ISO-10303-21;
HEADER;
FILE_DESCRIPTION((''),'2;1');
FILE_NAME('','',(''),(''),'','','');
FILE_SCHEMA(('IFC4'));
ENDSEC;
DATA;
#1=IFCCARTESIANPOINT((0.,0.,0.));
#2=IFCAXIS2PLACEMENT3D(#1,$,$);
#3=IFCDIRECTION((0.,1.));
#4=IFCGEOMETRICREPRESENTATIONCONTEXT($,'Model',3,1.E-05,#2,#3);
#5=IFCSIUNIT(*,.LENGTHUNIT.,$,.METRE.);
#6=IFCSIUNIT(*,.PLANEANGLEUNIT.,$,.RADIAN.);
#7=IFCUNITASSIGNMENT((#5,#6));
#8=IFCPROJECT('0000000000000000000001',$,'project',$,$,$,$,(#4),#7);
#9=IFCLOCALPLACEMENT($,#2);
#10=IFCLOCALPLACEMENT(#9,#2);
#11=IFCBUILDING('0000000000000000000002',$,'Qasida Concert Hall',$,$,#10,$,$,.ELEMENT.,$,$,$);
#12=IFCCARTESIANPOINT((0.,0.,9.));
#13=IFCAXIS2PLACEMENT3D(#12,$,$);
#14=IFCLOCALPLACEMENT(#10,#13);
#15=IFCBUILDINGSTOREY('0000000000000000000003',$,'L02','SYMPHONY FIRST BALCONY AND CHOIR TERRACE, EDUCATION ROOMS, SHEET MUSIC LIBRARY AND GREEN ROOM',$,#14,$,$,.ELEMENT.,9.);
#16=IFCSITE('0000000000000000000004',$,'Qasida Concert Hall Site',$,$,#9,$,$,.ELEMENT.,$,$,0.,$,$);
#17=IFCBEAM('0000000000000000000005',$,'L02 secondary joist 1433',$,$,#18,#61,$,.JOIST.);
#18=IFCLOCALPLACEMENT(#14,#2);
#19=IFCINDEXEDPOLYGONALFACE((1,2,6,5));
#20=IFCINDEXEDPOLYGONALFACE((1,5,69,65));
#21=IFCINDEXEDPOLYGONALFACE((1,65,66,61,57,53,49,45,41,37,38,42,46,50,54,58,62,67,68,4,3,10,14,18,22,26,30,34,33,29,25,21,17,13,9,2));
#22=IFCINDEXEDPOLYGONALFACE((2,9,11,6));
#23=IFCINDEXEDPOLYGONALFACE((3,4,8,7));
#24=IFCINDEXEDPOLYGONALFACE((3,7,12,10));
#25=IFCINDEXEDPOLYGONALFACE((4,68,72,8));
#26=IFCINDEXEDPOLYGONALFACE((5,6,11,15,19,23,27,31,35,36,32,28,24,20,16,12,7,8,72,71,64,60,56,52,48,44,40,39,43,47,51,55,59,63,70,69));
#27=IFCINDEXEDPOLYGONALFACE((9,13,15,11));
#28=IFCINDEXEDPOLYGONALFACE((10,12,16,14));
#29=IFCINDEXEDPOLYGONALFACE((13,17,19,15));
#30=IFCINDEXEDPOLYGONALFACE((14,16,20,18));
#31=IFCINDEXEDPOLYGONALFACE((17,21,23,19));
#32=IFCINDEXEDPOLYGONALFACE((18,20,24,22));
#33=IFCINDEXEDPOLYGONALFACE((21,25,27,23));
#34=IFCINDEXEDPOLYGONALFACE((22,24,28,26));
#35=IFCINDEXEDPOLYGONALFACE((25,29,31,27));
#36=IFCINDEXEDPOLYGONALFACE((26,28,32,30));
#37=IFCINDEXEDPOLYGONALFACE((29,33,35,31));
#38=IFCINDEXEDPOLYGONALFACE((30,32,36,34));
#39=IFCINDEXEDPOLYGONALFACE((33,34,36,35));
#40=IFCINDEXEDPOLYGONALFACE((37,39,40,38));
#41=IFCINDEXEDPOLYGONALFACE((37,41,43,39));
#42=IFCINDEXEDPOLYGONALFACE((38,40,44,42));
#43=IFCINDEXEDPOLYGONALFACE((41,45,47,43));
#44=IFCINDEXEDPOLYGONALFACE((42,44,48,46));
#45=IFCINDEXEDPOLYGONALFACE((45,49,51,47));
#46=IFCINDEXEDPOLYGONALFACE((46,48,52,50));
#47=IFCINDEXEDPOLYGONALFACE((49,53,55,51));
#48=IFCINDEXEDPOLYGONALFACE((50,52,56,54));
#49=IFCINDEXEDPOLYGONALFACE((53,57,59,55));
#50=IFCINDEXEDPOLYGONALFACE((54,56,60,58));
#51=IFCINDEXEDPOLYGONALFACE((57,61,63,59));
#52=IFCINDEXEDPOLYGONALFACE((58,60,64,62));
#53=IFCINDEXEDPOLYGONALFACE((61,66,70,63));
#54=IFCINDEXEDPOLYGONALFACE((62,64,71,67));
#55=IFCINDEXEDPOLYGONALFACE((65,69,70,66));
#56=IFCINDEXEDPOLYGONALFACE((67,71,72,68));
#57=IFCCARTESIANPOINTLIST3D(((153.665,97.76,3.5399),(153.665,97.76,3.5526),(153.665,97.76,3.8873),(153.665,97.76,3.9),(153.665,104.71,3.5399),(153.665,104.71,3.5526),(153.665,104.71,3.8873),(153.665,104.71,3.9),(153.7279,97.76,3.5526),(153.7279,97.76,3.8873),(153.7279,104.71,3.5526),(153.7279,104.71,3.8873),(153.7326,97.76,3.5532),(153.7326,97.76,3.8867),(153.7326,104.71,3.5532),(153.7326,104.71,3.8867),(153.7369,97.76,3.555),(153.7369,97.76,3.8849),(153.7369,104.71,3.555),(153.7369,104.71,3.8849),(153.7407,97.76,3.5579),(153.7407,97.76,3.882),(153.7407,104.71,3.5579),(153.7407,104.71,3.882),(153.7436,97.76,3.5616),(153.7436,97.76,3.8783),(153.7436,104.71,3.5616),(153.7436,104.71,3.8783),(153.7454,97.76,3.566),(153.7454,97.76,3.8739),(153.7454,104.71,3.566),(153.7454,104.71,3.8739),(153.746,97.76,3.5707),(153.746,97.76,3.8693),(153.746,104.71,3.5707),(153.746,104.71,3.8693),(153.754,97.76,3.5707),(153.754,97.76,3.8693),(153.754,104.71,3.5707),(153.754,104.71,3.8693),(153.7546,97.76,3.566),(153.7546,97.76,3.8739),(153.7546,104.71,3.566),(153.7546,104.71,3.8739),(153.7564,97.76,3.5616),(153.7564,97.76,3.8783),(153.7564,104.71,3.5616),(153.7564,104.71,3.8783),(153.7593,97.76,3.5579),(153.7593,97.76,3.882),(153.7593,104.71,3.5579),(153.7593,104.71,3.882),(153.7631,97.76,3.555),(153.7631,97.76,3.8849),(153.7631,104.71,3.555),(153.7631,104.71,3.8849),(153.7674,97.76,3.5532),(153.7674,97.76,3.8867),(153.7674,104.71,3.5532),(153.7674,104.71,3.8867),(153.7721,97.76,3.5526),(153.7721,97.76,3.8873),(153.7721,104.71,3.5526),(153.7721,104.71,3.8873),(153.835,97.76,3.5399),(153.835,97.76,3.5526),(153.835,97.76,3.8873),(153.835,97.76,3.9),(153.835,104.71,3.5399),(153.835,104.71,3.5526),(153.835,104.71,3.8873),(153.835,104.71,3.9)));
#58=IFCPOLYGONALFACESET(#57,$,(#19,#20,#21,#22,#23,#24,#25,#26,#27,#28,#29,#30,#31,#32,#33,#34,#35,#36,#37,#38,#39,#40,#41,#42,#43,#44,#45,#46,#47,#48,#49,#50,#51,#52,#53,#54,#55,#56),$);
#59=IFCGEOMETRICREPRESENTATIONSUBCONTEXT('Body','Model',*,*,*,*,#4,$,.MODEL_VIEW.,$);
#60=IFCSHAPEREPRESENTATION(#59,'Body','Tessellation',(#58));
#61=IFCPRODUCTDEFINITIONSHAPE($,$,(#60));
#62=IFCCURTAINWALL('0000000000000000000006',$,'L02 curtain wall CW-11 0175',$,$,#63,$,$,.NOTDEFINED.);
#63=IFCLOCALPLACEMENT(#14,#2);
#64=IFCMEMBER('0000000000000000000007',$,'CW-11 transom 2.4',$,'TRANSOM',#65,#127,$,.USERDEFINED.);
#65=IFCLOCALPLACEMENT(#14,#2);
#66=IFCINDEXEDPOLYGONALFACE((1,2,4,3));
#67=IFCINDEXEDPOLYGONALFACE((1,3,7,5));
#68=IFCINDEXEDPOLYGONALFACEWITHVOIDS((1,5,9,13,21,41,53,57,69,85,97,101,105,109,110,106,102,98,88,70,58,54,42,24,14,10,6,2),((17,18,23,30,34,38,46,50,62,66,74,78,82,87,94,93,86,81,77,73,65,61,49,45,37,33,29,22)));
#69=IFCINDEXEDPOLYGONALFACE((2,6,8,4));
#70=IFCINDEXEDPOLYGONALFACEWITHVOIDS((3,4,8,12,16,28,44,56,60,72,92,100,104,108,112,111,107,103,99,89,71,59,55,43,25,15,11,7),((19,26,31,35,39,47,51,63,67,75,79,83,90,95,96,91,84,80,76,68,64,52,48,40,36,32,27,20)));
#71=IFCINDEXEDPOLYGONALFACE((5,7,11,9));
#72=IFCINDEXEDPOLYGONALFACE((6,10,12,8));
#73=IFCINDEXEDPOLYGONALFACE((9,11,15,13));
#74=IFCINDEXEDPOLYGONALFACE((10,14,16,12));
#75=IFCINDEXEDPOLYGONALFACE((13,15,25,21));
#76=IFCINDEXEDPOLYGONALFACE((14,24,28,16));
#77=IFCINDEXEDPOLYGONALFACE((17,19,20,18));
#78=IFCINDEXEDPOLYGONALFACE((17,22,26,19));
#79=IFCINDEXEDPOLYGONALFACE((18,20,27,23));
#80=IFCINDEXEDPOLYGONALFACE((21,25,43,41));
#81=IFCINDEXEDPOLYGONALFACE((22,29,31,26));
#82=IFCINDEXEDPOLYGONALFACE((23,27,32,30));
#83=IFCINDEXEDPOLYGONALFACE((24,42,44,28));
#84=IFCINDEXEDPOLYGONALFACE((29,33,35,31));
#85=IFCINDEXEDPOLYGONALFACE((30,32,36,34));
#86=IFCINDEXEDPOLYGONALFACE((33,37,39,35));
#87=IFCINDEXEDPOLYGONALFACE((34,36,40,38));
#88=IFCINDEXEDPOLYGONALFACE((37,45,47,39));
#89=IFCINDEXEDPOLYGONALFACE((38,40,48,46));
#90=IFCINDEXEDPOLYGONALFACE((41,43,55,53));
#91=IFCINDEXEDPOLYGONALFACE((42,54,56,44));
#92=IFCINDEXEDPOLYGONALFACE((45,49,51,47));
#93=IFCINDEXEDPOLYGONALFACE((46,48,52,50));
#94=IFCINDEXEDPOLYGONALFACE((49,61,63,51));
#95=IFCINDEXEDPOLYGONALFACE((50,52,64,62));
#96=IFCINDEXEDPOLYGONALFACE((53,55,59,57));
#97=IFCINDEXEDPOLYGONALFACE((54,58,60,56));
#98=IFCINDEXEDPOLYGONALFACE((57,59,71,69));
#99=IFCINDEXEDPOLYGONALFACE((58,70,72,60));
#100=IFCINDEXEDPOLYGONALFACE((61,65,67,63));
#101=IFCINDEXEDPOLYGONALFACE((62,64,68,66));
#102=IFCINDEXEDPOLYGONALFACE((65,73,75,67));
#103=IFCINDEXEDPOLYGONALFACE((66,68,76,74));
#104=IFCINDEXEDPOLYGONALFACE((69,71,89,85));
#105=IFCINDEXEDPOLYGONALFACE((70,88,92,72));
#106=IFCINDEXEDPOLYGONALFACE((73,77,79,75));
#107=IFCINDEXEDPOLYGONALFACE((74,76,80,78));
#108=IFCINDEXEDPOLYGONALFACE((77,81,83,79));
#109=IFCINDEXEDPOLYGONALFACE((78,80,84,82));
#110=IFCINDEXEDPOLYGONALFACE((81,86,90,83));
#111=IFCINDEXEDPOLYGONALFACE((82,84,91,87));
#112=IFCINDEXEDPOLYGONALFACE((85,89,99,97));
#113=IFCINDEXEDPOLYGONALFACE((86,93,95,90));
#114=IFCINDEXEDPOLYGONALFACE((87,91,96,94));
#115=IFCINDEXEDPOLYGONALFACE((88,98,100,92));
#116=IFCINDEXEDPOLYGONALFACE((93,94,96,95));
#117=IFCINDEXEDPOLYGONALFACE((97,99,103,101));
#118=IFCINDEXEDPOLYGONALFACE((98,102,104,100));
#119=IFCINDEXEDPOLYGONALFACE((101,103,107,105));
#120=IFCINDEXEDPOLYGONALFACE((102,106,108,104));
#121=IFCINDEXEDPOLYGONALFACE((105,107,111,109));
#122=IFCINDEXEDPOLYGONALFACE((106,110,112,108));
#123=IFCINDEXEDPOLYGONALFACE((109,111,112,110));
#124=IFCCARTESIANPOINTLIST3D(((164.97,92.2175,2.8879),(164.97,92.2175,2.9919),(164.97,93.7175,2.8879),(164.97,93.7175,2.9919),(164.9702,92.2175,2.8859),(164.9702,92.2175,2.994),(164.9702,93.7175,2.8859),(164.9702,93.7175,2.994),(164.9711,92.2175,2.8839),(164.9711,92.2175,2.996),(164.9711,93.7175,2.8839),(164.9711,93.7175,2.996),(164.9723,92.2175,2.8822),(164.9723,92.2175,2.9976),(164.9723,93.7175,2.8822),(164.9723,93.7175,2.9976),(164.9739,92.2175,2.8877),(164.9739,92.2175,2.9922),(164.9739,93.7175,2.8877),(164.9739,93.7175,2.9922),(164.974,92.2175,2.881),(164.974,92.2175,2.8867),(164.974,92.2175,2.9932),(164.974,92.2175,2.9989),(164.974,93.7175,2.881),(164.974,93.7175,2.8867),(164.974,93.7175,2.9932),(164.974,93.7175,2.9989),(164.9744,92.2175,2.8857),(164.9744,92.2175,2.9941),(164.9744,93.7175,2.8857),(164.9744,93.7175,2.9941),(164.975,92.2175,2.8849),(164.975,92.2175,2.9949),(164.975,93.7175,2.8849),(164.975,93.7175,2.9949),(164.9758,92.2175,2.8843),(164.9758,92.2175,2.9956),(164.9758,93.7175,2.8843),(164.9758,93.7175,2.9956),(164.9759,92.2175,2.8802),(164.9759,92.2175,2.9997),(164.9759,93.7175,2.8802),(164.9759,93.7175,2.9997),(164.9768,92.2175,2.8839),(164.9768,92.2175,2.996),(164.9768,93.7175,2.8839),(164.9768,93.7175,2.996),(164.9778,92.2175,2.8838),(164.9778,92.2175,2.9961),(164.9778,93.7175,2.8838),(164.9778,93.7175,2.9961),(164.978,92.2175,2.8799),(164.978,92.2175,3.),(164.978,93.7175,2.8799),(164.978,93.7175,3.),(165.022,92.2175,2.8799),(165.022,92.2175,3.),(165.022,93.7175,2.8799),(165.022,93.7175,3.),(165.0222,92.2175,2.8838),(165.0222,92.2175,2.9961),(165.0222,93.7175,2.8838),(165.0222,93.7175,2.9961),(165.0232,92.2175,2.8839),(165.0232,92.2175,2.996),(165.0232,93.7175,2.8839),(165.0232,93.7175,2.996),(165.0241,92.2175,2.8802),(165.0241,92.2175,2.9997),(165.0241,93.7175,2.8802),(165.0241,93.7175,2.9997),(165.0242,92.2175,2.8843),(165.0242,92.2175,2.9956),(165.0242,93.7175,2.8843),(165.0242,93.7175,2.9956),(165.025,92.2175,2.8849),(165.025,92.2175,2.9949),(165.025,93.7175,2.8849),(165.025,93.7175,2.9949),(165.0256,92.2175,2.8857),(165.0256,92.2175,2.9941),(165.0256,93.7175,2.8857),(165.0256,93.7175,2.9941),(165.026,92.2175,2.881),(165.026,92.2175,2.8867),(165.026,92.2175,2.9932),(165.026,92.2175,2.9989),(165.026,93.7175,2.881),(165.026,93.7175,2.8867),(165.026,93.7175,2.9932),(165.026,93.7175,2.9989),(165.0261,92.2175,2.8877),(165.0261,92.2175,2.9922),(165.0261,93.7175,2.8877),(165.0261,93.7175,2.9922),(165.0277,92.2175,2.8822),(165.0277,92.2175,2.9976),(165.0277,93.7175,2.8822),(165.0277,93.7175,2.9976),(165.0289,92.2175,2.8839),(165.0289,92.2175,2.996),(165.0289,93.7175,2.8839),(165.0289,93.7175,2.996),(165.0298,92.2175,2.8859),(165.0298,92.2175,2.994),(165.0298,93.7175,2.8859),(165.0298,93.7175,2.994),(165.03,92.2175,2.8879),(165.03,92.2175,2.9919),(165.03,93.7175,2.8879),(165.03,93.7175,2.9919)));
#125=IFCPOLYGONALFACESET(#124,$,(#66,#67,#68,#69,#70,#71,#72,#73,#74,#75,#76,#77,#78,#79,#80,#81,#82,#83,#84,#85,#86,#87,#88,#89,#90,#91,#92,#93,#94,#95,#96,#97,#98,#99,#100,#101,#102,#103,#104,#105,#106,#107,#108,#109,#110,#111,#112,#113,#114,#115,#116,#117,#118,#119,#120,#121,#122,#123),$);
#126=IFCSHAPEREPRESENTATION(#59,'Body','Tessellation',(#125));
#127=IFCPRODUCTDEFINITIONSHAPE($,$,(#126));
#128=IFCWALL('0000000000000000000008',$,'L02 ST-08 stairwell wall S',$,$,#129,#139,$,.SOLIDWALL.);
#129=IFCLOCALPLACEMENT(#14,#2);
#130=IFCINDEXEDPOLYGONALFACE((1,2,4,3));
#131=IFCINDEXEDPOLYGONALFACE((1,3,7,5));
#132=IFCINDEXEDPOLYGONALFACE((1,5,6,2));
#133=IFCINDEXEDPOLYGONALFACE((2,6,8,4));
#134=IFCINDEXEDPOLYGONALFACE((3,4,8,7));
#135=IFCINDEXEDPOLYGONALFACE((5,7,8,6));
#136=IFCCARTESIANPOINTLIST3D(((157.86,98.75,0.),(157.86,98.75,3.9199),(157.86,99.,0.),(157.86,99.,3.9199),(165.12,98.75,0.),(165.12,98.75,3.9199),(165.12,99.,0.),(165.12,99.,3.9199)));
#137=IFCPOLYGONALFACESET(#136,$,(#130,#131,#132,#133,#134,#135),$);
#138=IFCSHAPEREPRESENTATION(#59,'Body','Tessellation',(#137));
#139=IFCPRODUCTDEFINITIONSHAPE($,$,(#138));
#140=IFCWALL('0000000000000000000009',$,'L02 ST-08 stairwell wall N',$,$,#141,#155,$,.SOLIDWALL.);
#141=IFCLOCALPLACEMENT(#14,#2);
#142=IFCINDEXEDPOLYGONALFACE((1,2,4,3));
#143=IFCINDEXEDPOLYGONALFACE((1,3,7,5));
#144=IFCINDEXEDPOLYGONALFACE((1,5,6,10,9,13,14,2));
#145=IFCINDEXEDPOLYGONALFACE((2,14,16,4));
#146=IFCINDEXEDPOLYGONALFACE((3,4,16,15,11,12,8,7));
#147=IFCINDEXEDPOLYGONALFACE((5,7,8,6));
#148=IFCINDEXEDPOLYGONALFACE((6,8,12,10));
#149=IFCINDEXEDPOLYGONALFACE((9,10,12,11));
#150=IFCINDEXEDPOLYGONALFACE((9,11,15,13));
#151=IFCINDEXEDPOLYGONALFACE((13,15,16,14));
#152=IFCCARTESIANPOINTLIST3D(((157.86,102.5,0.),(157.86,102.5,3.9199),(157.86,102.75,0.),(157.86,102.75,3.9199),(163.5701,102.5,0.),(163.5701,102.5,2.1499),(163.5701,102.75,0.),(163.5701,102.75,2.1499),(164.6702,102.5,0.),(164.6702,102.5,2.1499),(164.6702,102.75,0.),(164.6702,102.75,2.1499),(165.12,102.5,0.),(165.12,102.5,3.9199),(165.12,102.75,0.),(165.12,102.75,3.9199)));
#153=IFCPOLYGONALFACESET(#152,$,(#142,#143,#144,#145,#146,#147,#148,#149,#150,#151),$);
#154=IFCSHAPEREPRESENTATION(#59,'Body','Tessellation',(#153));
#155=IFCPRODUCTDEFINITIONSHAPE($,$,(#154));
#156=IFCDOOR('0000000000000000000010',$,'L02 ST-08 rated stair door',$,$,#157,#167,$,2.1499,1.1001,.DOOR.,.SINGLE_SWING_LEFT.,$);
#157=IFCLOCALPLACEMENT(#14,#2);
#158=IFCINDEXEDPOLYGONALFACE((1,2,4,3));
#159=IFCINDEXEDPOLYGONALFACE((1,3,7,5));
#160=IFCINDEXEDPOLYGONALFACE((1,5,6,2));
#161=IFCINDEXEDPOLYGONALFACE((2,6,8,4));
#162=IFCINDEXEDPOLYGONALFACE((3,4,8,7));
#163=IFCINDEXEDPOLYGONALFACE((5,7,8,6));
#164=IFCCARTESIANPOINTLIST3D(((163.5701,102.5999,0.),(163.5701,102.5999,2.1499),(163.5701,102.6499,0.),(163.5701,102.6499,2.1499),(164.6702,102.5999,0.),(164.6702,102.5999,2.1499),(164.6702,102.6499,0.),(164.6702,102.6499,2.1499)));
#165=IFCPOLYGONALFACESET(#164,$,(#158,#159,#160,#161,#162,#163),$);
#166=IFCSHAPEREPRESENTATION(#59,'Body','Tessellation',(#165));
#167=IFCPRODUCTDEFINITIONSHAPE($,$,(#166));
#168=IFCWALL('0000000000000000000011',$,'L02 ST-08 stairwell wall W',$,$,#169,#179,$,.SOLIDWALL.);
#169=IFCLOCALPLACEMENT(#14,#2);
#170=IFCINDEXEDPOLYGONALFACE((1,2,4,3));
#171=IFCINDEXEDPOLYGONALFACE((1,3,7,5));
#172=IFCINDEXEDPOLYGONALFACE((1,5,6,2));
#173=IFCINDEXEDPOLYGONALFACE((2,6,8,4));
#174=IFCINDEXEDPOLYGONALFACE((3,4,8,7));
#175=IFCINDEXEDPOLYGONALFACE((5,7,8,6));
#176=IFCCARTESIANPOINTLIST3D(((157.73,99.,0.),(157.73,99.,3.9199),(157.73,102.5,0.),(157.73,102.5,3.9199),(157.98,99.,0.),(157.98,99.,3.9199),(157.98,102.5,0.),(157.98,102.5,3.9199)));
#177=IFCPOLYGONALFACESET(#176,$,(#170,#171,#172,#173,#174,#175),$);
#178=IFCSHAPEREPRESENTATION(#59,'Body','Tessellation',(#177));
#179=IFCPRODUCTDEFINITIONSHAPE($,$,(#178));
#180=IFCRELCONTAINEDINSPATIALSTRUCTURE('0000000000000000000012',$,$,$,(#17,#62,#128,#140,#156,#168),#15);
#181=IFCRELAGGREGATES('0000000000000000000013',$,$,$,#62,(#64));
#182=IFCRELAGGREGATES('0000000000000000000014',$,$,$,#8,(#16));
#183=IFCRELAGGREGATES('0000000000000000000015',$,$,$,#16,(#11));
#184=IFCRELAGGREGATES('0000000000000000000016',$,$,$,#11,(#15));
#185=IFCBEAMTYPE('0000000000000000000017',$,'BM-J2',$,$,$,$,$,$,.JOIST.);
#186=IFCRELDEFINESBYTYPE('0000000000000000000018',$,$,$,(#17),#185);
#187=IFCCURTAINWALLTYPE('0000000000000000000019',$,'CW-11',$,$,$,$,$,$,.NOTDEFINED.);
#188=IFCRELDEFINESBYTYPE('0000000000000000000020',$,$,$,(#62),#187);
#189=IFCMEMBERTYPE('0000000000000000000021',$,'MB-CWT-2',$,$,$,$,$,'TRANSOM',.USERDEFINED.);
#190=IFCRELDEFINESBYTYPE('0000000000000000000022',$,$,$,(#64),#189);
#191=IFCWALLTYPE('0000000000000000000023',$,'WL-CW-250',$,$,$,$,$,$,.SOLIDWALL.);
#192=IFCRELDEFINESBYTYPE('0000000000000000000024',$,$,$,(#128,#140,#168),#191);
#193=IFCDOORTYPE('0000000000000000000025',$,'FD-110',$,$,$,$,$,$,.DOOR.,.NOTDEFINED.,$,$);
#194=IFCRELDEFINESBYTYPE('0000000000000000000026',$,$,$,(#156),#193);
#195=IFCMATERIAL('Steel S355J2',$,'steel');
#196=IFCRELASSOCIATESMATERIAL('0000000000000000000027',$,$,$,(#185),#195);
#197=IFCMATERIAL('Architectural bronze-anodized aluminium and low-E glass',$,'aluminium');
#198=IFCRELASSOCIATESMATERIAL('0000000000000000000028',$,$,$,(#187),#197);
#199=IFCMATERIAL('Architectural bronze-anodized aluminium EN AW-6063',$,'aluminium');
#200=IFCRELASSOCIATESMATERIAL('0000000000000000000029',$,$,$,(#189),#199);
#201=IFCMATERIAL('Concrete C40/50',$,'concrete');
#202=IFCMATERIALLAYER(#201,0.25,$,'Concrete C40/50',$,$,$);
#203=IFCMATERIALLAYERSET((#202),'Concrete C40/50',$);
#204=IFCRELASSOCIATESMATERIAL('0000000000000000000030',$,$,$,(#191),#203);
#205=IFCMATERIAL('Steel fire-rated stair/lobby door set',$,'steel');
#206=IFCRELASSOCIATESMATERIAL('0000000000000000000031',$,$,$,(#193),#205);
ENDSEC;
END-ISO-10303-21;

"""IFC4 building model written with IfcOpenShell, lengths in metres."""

from ifc_helpers import new_model, si_unit, direction, frame, frame_2d, origin, origin_2d, place, context, subcontext, project, spatial, rectangle, hollow_rectangle, i_section, extrude, material, layer, layer_set, material_profile, profile_set, type_object, element, fill, aggregate, save


model = new_model("IFC4")

# Units and contexts
model_context = context("Model", 3, precision=1e-05, world=origin(), true_north=direction((0.0, 1.0)))
body_context = subcontext(model_context, "Body", "Model", "MODEL_VIEW")
ifc_project = project(units=[si_unit("LENGTHUNIT", "METRE"), si_unit("PLANEANGLEUNIT", "RADIAN")], contexts=[model_context])

# Site, building, storey
site_placement = place(None, origin())
site = spatial("IfcSite", under=ifc_project, at=site_placement, Name="Qasida Concert Hall Site", CompositionType="ELEMENT", RefElevation=0.0)
building_placement = place(site_placement, origin())
building = spatial("IfcBuilding", under=site, at=building_placement, Name="Qasida Concert Hall", CompositionType="ELEMENT")
storey_placement = place(building_placement, frame((0.0, 0.0, 9.0)))
storey = spatial("IfcBuildingStorey", under=building, at=storey_placement, Name="L02", Description="SYMPHONY FIRST BALCONY AND CHOIR TERRACE, EDUCATION ROOMS, SHEET MUSIC LIBRARY AND GREEN ROOM", CompositionType="ELEMENT", Elevation=9.0)

# Beam
ifc_material_1 = material(Name="Concrete C40/50", Category="concrete")
ifc_material_2 = material(Name="Steel S355J2", Category="steel")
ifc_material_profile_1 = material_profile(ifc_material_2, i_section(OverallWidth=0.1699, OverallDepth=0.3601, WebThickness=0.0081, FlangeThickness=0.0127, FilletRadius=0.0181, at=origin_2d()), Name="IPE 360")
ifc_profile_set_1 = profile_set([ifc_material_profile_1], Name="Steel S355J2")
beam_type_1 = type_object("IfcBeamType", Name="BM-J2", PredefinedType="JOIST", material=ifc_profile_set_1)
beam_1_placement = place(storey_placement, frame((153.75, 97.76, 3.72), z_axis=(0.0, 1.0, 0.0), x_axis=(-1.0, 0.0, 0.0)))
element("IfcBeam", 1, at=beam_1_placement, inside=storey, type_object=beam_type_1, Name="L02 secondary joist 1433", PredefinedType="JOIST", context=body_context, shape_type="SweptSolid", body=[
    extrude(i_section(OverallWidth=0.1699, OverallDepth=0.3601, WebThickness=0.0081, FlangeThickness=0.0127, FilletRadius=0.0181, at=origin_2d()), origin(), (0.0, 0.0, 1.0), 6.95),
])

# Curtain wall, member
ifc_material_3 = material(Name="Architectural bronze-anodized aluminium and low-E glass", Category="aluminium")
curtain_wall_type = type_object("IfcCurtainWallType", Name="CW-11", PredefinedType="NOTDEFINED", material=ifc_material_3)
curtain_wall_placement = place(storey_placement, origin())
curtain_wall = element("IfcCurtainWall", 2, at=curtain_wall_placement, inside=storey, type_object=curtain_wall_type, Name="L02 curtain wall CW-11 0175", PredefinedType="NOTDEFINED")
ifc_material_4 = material(Name="Architectural bronze-anodized aluminium EN AW-6063", Category="aluminium")
ifc_material_profile_2 = material_profile(ifc_material_4, hollow_rectangle(XDim=0.0601, YDim=0.1201, WallThickness=0.0039, InnerFilletRadius=0.0039, OuterFilletRadius=0.0081, at=origin_2d()), Name="CWT 120x60x4")
ifc_profile_set_2 = profile_set([ifc_material_profile_2], Name="Architectural bronze-anodized aluminium EN AW-6063")
member_type = type_object("IfcMemberType", Name="MB-CWT-2", ElementType="TRANSOM", PredefinedType="USERDEFINED", material=ifc_profile_set_2)
member_placement = place(storey_placement, frame((165.0, 92.2175, 2.9399), z_axis=(0.0, 1.0, 0.0), x_axis=(-1.0, 0.0, 0.0)))
member = element("IfcMember", 3, at=member_placement, type_object=member_type, Name="CW-11 transom 2.4", ObjectType="TRANSOM", PredefinedType="USERDEFINED", context=body_context, shape_type="SweptSolid", body=[
    extrude(hollow_rectangle(XDim=0.0601, YDim=0.1201, WallThickness=0.0039, InnerFilletRadius=0.0039, OuterFilletRadius=0.0081, at=origin_2d()), origin(), (0.0, 0.0, 1.0), 1.5),
])
aggregate(curtain_wall, [member])

# Wall
ifc_layer_1 = layer(ifc_material_1, 0.25, Name="Concrete C40/50")
ifc_layer_set_1 = layer_set([ifc_layer_1], Name="Concrete C40/50")
wall_type_1 = type_object("IfcWallType", Name="WL-CW-250", PredefinedType="SOLIDWALL", material=ifc_layer_set_1)
wall_1_placement = place(storey_placement, frame((157.8601, 98.875, 0.0), z_axis=(0.0, 0.0, 1.0), x_axis=(1.0, 0.0, 0.0)))
element("IfcWall", 4, at=wall_1_placement, inside=storey, type_object=wall_type_1, Name="L02 ST-08 stairwell wall S", PredefinedType="SOLIDWALL", context=body_context, shape_type="SweptSolid", body=[
    extrude(rectangle(XDim=7.26, YDim=0.25, at=frame_2d((3.6299, 0.0))), origin(), (0.0, 0.0, 1.0), 3.9199),
])

# Wall, opening, door
wall_2_placement = place(storey_placement, frame((157.8601, 102.625, 0.0), z_axis=(0.0, 0.0, 1.0), x_axis=(1.0, 0.0, 0.0)))
wall_2 = element("IfcWall", 5, at=wall_2_placement, inside=storey, type_object=wall_type_1, Name="L02 ST-08 stairwell wall N", PredefinedType="SOLIDWALL", context=body_context, shape_type="SweptSolid", body=[
    extrude(rectangle(XDim=7.26, YDim=0.25, at=frame_2d((3.6299, 0.0))), origin(), (0.0, 0.0, 1.0), 3.9199),
])
opening_1_placement = place(wall_2_placement, frame((5.71, 0.0, 0.0)))
opening_1 = element("IfcOpeningElement", 6, at=opening_1_placement, cuts=wall_2, PredefinedType="OPENING", context=body_context, shape_type="SweptSolid", body=[
    extrude(rectangle(XDim=1.1001, YDim=2.1499, at=frame_2d((0.55, 1.075))), frame((0.0, 0.135, 0.0), z_axis=(0.0, -1.0, 0.0), x_axis=(1.0, 0.0, 0.0)), (0.0, 0.0, 1.0), 0.27),
])
ifc_material_5 = material(Name="Steel fire-rated stair/lobby door set", Category="steel")
door_type_1 = type_object("IfcDoorType", Name="FD-110", OperationType="NOTDEFINED", PredefinedType="DOOR", material=ifc_material_5)
door_1_placement = place(opening_1_placement, origin())
door_1 = element("IfcDoor", 7, at=door_1_placement, inside=storey, type_object=door_type_1, Name="L02 ST-08 rated stair door", OperationType="SINGLE_SWING_LEFT", OverallHeight=2.1499, OverallWidth=1.1001, PredefinedType="DOOR", context=body_context, shape_type="SweptSolid", body=[
    extrude(rectangle(XDim=1.1001, YDim=2.1499, at=frame_2d((0.55, 1.075))), frame((0.0, 0.0249, 0.0), z_axis=(0.0, -1.0, 0.0), x_axis=(1.0, 0.0, 0.0)), (0.0, 0.0, 1.0), 0.05),
])
fill(opening_1, door_1)

# Wall
wall_3_placement = place(storey_placement, frame((157.855, 99.0, 0.0), z_axis=(0.0, 0.0, 1.0), x_axis=(0.0, 1.0, 0.0)))
element("IfcWall", 8, at=wall_3_placement, inside=storey, type_object=wall_type_1, Name="L02 ST-08 stairwell wall W", PredefinedType="SOLIDWALL", context=body_context, shape_type="SweptSolid", body=[
    extrude(rectangle(XDim=3.5, YDim=0.25, at=frame_2d((1.75, 0.0))), origin(), (0.0, 0.0, 1.0), 3.9199),
])

save(model, "model.ifc")
